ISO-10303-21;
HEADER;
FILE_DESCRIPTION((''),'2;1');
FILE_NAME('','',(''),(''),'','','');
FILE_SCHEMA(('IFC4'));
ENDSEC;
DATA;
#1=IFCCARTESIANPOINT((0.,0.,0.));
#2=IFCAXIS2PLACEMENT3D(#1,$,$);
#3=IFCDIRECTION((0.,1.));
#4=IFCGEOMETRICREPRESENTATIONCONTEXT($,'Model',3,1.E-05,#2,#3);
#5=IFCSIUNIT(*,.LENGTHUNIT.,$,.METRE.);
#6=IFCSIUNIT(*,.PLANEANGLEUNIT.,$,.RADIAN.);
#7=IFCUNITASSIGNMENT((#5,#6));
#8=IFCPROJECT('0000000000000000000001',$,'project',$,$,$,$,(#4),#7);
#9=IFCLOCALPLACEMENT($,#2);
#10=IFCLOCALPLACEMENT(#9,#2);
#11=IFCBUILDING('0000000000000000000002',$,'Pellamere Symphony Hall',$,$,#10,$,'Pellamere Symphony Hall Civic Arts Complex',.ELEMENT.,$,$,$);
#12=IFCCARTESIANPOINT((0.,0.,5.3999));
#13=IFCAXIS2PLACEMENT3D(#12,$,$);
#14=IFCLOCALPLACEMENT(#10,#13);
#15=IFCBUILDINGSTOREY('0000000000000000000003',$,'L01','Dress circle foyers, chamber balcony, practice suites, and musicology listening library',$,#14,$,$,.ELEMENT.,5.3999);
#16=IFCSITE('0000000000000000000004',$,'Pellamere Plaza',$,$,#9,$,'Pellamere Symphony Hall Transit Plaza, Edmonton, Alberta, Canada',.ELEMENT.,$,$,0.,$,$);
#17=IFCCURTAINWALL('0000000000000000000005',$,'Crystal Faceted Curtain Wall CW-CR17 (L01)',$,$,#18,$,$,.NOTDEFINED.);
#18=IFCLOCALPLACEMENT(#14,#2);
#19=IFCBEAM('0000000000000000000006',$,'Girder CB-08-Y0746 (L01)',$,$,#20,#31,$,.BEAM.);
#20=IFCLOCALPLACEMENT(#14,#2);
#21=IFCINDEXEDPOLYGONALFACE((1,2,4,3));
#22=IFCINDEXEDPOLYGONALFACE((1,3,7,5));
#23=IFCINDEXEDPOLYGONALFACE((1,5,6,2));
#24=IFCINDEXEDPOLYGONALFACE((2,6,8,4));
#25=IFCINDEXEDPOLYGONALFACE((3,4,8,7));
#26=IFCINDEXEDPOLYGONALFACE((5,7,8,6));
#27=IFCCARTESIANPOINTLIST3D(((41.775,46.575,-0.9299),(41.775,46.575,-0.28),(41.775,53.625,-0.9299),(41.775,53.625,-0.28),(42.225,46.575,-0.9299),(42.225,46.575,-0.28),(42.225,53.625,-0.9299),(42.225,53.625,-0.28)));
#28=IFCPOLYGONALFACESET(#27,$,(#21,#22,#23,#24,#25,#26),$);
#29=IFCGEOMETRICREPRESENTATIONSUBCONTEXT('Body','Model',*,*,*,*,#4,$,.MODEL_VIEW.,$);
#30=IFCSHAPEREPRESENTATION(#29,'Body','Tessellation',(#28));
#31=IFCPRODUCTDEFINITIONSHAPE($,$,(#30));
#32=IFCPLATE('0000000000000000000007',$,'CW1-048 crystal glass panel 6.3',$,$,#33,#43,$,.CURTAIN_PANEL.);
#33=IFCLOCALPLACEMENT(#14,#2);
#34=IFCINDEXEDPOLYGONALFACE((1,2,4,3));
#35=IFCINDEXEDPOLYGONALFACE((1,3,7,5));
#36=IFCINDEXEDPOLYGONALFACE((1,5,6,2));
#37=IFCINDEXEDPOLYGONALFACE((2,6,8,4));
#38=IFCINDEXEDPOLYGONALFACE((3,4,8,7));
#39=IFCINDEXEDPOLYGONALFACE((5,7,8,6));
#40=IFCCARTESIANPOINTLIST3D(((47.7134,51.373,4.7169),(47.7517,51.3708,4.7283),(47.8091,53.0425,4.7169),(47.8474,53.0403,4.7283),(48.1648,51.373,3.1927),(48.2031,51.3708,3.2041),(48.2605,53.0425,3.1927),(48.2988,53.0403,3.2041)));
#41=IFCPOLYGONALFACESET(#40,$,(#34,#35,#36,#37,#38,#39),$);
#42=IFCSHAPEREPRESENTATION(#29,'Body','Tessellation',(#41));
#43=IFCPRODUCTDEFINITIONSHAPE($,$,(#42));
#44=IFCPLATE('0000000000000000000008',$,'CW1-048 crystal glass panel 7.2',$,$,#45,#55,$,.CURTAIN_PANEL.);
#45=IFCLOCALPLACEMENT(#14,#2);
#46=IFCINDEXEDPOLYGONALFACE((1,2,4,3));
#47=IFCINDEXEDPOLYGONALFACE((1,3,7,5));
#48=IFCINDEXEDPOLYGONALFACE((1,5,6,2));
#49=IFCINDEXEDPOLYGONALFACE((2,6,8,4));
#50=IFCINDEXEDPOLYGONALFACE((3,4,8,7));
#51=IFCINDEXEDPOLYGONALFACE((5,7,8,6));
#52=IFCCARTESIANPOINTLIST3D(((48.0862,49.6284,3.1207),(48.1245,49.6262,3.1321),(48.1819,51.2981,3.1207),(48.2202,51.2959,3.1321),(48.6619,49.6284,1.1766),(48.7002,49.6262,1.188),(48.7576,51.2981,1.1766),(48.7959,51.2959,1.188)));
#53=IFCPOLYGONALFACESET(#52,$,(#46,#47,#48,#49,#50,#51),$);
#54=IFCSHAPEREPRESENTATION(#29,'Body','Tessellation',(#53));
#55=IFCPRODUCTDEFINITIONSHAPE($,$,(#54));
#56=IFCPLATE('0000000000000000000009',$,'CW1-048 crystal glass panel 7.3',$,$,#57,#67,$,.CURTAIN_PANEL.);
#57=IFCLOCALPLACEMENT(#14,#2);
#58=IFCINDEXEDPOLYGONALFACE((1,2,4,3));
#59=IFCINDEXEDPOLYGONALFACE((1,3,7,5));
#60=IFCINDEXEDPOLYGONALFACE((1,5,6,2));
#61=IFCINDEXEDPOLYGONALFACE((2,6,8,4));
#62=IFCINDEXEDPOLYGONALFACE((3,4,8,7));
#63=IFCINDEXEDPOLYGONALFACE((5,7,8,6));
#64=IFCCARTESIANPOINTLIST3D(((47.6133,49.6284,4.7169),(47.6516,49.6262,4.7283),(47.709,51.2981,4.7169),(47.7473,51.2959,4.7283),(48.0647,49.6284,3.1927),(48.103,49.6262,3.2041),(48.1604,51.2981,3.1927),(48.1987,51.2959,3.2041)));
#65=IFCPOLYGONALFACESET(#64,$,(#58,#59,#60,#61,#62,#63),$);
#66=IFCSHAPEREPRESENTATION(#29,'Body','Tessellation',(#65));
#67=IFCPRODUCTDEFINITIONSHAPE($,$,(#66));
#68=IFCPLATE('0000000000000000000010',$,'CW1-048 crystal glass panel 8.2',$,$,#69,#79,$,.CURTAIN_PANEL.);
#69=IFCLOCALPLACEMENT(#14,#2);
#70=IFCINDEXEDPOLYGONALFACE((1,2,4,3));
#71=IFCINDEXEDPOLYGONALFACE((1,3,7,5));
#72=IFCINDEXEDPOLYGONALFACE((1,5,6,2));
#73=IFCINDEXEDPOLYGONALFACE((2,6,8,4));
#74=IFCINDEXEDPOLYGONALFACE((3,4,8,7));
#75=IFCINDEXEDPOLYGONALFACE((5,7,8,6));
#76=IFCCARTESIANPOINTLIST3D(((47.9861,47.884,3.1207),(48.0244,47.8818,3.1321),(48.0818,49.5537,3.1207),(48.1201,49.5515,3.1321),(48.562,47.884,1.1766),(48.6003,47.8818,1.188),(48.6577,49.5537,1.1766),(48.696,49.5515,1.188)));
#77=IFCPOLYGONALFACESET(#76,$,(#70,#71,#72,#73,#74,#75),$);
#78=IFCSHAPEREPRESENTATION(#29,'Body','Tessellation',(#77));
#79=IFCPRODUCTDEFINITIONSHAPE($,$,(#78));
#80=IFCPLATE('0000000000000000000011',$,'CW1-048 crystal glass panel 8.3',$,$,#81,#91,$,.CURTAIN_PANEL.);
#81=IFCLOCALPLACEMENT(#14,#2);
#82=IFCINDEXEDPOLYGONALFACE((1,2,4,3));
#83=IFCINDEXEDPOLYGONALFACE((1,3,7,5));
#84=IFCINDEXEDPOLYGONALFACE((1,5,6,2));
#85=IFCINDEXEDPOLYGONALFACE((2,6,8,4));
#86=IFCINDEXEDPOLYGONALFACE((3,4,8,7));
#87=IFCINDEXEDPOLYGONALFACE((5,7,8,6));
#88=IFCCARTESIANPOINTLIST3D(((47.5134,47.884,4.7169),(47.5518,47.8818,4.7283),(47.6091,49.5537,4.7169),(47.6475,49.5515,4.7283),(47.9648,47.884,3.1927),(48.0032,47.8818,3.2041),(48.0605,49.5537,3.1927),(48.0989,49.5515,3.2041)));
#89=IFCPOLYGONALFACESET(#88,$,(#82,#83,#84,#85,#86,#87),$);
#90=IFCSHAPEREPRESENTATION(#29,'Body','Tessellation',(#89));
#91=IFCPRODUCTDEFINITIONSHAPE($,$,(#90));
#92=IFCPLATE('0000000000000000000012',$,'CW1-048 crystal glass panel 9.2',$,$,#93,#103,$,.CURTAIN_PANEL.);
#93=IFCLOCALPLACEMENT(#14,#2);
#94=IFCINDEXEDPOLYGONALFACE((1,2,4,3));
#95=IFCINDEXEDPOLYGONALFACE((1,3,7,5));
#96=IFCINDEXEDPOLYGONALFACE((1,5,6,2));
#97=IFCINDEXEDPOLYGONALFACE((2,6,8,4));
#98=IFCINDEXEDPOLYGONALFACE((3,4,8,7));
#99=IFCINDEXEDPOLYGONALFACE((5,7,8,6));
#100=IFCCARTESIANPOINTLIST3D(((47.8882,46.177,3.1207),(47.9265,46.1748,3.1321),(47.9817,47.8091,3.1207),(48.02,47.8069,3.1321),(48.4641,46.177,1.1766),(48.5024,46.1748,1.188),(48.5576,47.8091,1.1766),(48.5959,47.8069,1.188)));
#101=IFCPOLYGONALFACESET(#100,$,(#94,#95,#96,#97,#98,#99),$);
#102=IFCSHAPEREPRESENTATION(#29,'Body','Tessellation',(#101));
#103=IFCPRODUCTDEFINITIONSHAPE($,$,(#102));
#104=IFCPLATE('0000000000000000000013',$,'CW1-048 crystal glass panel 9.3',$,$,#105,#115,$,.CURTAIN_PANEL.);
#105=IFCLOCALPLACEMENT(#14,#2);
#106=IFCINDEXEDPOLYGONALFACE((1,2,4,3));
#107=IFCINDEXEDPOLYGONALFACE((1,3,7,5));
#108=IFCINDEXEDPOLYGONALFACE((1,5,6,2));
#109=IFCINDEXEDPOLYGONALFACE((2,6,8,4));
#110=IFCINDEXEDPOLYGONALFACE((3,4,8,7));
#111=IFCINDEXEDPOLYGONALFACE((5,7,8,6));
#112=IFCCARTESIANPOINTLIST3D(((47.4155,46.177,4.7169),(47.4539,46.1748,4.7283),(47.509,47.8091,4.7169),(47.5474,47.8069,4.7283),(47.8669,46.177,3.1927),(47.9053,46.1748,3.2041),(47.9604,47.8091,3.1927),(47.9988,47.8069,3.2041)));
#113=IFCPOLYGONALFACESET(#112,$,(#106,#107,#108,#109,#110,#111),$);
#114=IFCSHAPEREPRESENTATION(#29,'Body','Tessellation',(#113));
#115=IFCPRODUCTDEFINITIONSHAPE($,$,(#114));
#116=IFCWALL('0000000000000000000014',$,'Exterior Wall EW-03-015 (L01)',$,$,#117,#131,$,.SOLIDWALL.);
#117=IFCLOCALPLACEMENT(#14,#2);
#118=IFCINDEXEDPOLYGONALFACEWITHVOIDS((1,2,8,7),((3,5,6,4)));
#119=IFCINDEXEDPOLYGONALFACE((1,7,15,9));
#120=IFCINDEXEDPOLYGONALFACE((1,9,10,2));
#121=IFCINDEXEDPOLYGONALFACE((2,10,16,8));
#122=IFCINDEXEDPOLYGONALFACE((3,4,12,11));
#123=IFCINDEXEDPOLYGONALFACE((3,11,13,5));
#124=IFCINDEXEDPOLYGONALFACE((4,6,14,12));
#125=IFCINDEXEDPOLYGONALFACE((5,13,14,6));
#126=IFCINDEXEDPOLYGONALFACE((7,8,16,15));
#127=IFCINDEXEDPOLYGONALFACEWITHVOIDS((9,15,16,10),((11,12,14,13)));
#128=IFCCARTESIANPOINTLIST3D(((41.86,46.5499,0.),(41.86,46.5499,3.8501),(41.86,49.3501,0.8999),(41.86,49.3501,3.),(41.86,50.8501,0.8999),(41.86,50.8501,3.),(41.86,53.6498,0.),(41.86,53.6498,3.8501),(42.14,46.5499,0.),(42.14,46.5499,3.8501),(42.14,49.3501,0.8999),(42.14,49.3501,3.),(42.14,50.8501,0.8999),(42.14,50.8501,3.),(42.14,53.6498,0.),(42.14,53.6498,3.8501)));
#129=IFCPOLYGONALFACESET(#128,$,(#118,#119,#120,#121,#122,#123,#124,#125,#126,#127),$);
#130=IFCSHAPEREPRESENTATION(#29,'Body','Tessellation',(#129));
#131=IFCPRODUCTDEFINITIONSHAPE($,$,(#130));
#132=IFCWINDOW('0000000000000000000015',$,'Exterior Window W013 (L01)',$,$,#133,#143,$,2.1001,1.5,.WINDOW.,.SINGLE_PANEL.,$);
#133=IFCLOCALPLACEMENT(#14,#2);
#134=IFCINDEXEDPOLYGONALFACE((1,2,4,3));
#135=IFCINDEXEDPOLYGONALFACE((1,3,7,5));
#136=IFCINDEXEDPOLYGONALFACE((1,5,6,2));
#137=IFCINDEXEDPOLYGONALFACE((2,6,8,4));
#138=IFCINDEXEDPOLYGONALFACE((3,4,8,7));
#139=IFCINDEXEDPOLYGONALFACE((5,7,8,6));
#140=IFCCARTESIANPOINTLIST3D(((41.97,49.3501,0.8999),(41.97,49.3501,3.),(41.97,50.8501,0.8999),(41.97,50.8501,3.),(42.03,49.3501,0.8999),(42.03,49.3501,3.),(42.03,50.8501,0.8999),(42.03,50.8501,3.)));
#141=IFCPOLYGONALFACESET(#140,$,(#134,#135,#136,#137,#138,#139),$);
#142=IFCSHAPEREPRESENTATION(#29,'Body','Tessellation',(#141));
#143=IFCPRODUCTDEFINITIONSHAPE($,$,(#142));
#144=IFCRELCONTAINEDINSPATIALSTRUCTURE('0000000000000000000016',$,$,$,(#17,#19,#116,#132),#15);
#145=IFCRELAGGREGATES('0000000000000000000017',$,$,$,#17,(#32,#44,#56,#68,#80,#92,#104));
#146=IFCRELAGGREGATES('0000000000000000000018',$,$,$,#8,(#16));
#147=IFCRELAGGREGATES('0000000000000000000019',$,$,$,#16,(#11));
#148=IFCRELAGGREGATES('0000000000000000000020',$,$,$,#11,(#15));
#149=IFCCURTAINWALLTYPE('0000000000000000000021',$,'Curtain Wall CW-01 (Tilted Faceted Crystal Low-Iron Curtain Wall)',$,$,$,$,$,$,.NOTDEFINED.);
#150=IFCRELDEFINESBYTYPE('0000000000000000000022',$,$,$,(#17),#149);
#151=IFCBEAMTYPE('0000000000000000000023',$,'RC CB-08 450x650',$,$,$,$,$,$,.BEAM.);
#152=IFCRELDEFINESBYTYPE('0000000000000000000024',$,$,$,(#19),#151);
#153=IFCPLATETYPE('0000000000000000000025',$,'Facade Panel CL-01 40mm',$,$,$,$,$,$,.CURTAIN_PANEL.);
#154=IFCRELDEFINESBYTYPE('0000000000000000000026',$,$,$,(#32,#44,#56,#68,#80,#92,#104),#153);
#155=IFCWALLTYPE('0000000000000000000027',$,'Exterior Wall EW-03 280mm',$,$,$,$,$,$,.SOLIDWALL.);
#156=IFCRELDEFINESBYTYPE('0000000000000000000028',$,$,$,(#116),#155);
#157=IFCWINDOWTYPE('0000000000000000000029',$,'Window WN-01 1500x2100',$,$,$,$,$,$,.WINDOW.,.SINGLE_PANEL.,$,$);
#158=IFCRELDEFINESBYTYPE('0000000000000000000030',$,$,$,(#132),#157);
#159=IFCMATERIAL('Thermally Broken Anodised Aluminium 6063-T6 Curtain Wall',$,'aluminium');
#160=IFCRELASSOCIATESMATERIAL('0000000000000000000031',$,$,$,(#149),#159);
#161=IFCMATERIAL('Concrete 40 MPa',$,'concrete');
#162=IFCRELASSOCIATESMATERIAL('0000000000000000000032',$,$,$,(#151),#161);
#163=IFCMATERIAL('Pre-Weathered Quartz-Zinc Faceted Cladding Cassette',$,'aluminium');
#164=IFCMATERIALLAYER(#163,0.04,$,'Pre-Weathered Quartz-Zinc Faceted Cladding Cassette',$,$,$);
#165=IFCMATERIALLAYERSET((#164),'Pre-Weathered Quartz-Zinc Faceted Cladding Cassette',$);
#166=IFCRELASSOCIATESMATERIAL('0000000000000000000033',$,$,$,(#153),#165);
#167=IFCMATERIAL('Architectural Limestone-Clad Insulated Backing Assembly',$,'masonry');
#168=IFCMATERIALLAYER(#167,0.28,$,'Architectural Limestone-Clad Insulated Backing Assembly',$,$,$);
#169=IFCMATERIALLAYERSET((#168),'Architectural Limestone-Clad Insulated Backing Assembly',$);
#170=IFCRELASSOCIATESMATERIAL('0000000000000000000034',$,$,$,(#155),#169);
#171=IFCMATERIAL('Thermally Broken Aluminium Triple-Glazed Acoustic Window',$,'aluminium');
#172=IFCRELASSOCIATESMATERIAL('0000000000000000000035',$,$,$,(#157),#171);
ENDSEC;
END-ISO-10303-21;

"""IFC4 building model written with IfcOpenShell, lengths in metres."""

from ifc_helpers import new_model, si_unit, direction, frame, frame_2d, origin, origin_2d, place, context, subcontext, project, spatial, polyline, rectangle, outline, extrude, material, layer, layer_set, material_profile, profile_set, type_object, element, fill, aggregate, save


model = new_model("IFC4")

# Units and contexts
model_context = context("Model", 3, precision=1e-05, world=origin(), true_north=direction((0.0, 1.0)))
body_context = subcontext(model_context, "Body", "Model", "MODEL_VIEW")
ifc_project = project(units=[si_unit("LENGTHUNIT", "METRE"), si_unit("PLANEANGLEUNIT", "RADIAN")], contexts=[model_context])

# Site, building, storey
site_placement = place(None, origin())
site = spatial("IfcSite", under=ifc_project, at=site_placement, Name="Pellamere Plaza", LongName="Pellamere Symphony Hall Transit Plaza, Edmonton, Alberta, Canada", CompositionType="ELEMENT", RefElevation=0.0)
building_placement = place(site_placement, origin())
building = spatial("IfcBuilding", under=site, at=building_placement, Name="Pellamere Symphony Hall", LongName="Pellamere Symphony Hall Civic Arts Complex", CompositionType="ELEMENT")
storey_placement = place(building_placement, frame((0.0, 0.0, 5.3999)))
storey = spatial("IfcBuildingStorey", under=building, at=storey_placement, Name="L01", Description="Dress circle foyers, chamber balcony, practice suites, and musicology listening library", CompositionType="ELEMENT", Elevation=5.3999)

# Curtain wall
ifc_material_1 = material(Name="Thermally Broken Anodised Aluminium 6063-T6 Curtain Wall", Category="aluminium")
curtain_wall_type = type_object("IfcCurtainWallType", Name="Curtain Wall CW-01 (Tilted Faceted Crystal Low-Iron Curtain Wall)", PredefinedType="NOTDEFINED", material=ifc_material_1)
curtain_wall_placement = place(storey_placement, origin())
curtain_wall = element("IfcCurtainWall", 1, at=curtain_wall_placement, inside=storey, type_object=curtain_wall_type, Name="Crystal Faceted Curtain Wall CW-CR17 (L01)", PredefinedType="NOTDEFINED")

# Beam
ifc_material_2 = material(Name="Concrete 40 MPa", Category="concrete")
ifc_material_profile_1 = material_profile(ifc_material_2, rectangle(XDim=0.45, YDim=0.6499, at=origin_2d()), Name="RC 450x650")
ifc_profile_set_1 = profile_set([ifc_material_profile_1], Name="Concrete 40 MPa")
beam_type = type_object("IfcBeamType", Name="RC CB-08 450x650", PredefinedType="BEAM", material=ifc_profile_set_1)
beam_placement = place(storey_placement, frame((42.0, 46.575, -0.605), z_axis=(0.0, 1.0, 0.0), x_axis=(-1.0, 0.0, 0.0)))
element("IfcBeam", 2, at=beam_placement, inside=storey, type_object=beam_type, Name="Girder CB-08-Y0746 (L01)", PredefinedType="BEAM", context=body_context, shape_type="SweptSolid", body=[
    extrude(rectangle(XDim=0.45, YDim=0.6499, at=origin_2d()), origin(), (0.0, 0.0, 1.0), 7.05),
])

# Plates
ifc_material_3 = material(Name="Pre-Weathered Quartz-Zinc Faceted Cladding Cassette", Category="aluminium")
ifc_layer_1 = layer(ifc_material_3, 0.04, Name="Pre-Weathered Quartz-Zinc Faceted Cladding Cassette")
ifc_layer_set_1 = layer_set([ifc_layer_1], Name="Pre-Weathered Quartz-Zinc Faceted Cladding Cassette")
plate_type = type_object("IfcPlateType", Name="Facade Panel CL-01 40mm", PredefinedType="CURTAIN_PANEL", material=ifc_layer_set_1)
plate_1_placement = place(storey_placement, frame((48.2988, 53.0403, 3.2041), z_axis=(0.957385, -0.054884, 0.28355), x_axis=(-0.057233, -0.998361, 0.0)))
plate_1 = element("IfcPlate", 3, at=plate_1_placement, type_object=plate_type, Name="CW1-048 crystal glass panel 6.3", PredefinedType="CURTAIN_PANEL", context=body_context, shape_type="SweptSolid", body=[
    extrude(outline(polyline([(0.0, 0.0), (1.6722, 0.0), (1.698, -1.5894), (0.0258, -1.5894), (0.0, 0.0)])), origin(), (0.0, 0.0, -1.0), 0.04),
])
plate_2_placement = place(storey_placement, frame((48.7959, 51.2959, 1.188), z_axis=(0.957399, -0.054877, 0.283505), x_axis=(-0.057224, -0.998361, 0.0)))
plate_2 = element("IfcPlate", 4, at=plate_2_placement, type_object=plate_type, Name="CW1-048 crystal glass panel 7.2", PredefinedType="CURTAIN_PANEL", context=body_context, shape_type="SweptSolid", body=[
    extrude(outline(polyline([(0.0, 0.0), (1.6724, 0.0), (1.7054, -2.0273), (0.0329, -2.0273), (0.0, 0.0)])), origin(), (0.0, 0.0, -1.0), 0.04),
])
plate_3_placement = place(storey_placement, frame((48.1987, 51.2959, 3.2041), z_axis=(0.957386, -0.054876, 0.283551), x_axis=(-0.057224, -0.998361, 0.0)))
plate_3 = element("IfcPlate", 5, at=plate_3_placement, type_object=plate_type, Name="CW1-048 crystal glass panel 7.3", PredefinedType="CURTAIN_PANEL", context=body_context, shape_type="SweptSolid", body=[
    extrude(outline(polyline([(0.0, 0.0), (1.6724, 0.0), (1.6983, -1.5894), (0.0258, -1.5894), (0.0, 0.0)])), origin(), (0.0, 0.0, -1.0), 0.04),
])
plate_4_placement = place(storey_placement, frame((48.696, 49.5515, 1.188), z_axis=(0.957367, -0.054875, 0.283615), x_axis=(-0.057224, -0.998361, 0.0)))
plate_4 = element("IfcPlate", 6, at=plate_4_placement, type_object=plate_type, Name="CW1-048 crystal glass panel 8.2", PredefinedType="CURTAIN_PANEL", context=body_context, shape_type="SweptSolid", body=[
    extrude(outline(polyline([(0.0, 0.0), (1.6724, 0.0), (1.7054, -2.0273), (0.033, -2.0273), (0.0, 0.0)])), origin(), (0.0, 0.0, -1.0), 0.04),
])
plate_5_placement = place(storey_placement, frame((48.0989, 49.5515, 3.2041), z_axis=(0.957386, -0.054876, 0.283551), x_axis=(-0.057224, -0.998361, 0.0)))
plate_5 = element("IfcPlate", 7, at=plate_5_placement, type_object=plate_type, Name="CW1-048 crystal glass panel 8.3", PredefinedType="CURTAIN_PANEL", context=body_context, shape_type="SweptSolid", body=[
    extrude(outline(polyline([(0.0, 0.0), (1.6724, 0.0), (1.6983, -1.5894), (0.0258, -1.5894), (0.0, 0.0)])), origin(), (0.0, 0.0, -1.0), 0.04),
])
plate_6_placement = place(storey_placement, frame((48.5959, 47.8069, 1.188), z_axis=(0.957368, -0.05485, 0.283616), x_axis=(-0.057199, -0.998363, 0.0)))
plate_6 = element("IfcPlate", 8, at=plate_6_placement, type_object=plate_type, Name="CW1-048 crystal glass panel 9.2", PredefinedType="CURTAIN_PANEL", context=body_context, shape_type="SweptSolid", body=[
    extrude(outline(polyline([(0.0, 0.0), (1.6348, 0.0), (1.6677, -2.0273), (0.0329, -2.0273), (0.0, 0.0)])), origin(), (0.0, 0.0, -1.0), 0.04),
])
plate_7_placement = place(storey_placement, frame((47.9988, 47.8069, 3.2041), z_axis=(0.957387, -0.054851, 0.283551), x_axis=(-0.057199, -0.998363, 0.0)))
plate_7 = element("IfcPlate", 9, at=plate_7_placement, type_object=plate_type, Name="CW1-048 crystal glass panel 9.3", PredefinedType="CURTAIN_PANEL", context=body_context, shape_type="SweptSolid", body=[
    extrude(outline(polyline([(0.0, 0.0), (1.6348, 0.0), (1.6606, -1.5894), (0.0258, -1.5894), (0.0, 0.0)])), origin(), (0.0, 0.0, -1.0), 0.04),
])
aggregate(curtain_wall, [plate_1, plate_2, plate_3, plate_4, plate_5, plate_6, plate_7])

# Wall, opening, window
ifc_material_4 = material(Name="Architectural Limestone-Clad Insulated Backing Assembly", Category="masonry")
ifc_layer_2 = layer(ifc_material_4, 0.28, Name="Architectural Limestone-Clad Insulated Backing Assembly")
ifc_layer_set_2 = layer_set([ifc_layer_2], Name="Architectural Limestone-Clad Insulated Backing Assembly")
wall_type = type_object("IfcWallType", Name="Exterior Wall EW-03 280mm", PredefinedType="SOLIDWALL", material=ifc_layer_set_2)
wall_placement = place(storey_placement, frame((42.0, 46.55, 0.0), z_axis=(0.0, 0.0, 1.0), x_axis=(0.0, 1.0, 0.0)))
wall = element("IfcWall", 10, at=wall_placement, inside=storey, type_object=wall_type, Name="Exterior Wall EW-03-015 (L01)", PredefinedType="SOLIDWALL", context=body_context, shape_type="SweptSolid", body=[
    extrude(rectangle(XDim=7.0999, YDim=0.28, at=frame_2d((3.5498, 0.0))), origin(), (0.0, 0.0, 1.0), 3.8501),
])
opening_placement = place(wall_placement, frame((2.8, 0.0, 0.8999)))
opening = element("IfcOpeningElement", 11, at=opening_placement, cuts=wall, PredefinedType="OPENING", context=body_context, shape_type="SweptSolid", body=[
    extrude(rectangle(XDim=1.5, YDim=2.1001, at=frame_2d((0.75, 1.05))), frame((0.0, 0.1499, 0.0), z_axis=(0.0, -1.0, 0.0), x_axis=(1.0, 0.0, 0.0)), (0.0, 0.0, 1.0), 0.3),
])
ifc_material_5 = material(Name="Thermally Broken Aluminium Triple-Glazed Acoustic Window", Category="aluminium")
window_type = type_object("IfcWindowType", Name="Window WN-01 1500x2100", PartitioningType="SINGLE_PANEL", PredefinedType="WINDOW", material=ifc_material_5)
window_placement = place(opening_placement, origin())
window = element("IfcWindow", 12, at=window_placement, inside=storey, type_object=window_type, Name="Exterior Window W013 (L01)", OverallHeight=2.1001, OverallWidth=1.5, PartitioningType="SINGLE_PANEL", PredefinedType="WINDOW", context=body_context, shape_type="SweptSolid", body=[
    extrude(rectangle(XDim=1.5, YDim=2.1001, at=frame_2d((0.75, 1.05))), frame((0.0, 0.03, 0.0), z_axis=(0.0, -1.0, 0.0), x_axis=(1.0, 0.0, 0.0)), (0.0, 0.0, 1.0), 0.0601),
])
fill(opening, window)

save(model, "model.ifc")
